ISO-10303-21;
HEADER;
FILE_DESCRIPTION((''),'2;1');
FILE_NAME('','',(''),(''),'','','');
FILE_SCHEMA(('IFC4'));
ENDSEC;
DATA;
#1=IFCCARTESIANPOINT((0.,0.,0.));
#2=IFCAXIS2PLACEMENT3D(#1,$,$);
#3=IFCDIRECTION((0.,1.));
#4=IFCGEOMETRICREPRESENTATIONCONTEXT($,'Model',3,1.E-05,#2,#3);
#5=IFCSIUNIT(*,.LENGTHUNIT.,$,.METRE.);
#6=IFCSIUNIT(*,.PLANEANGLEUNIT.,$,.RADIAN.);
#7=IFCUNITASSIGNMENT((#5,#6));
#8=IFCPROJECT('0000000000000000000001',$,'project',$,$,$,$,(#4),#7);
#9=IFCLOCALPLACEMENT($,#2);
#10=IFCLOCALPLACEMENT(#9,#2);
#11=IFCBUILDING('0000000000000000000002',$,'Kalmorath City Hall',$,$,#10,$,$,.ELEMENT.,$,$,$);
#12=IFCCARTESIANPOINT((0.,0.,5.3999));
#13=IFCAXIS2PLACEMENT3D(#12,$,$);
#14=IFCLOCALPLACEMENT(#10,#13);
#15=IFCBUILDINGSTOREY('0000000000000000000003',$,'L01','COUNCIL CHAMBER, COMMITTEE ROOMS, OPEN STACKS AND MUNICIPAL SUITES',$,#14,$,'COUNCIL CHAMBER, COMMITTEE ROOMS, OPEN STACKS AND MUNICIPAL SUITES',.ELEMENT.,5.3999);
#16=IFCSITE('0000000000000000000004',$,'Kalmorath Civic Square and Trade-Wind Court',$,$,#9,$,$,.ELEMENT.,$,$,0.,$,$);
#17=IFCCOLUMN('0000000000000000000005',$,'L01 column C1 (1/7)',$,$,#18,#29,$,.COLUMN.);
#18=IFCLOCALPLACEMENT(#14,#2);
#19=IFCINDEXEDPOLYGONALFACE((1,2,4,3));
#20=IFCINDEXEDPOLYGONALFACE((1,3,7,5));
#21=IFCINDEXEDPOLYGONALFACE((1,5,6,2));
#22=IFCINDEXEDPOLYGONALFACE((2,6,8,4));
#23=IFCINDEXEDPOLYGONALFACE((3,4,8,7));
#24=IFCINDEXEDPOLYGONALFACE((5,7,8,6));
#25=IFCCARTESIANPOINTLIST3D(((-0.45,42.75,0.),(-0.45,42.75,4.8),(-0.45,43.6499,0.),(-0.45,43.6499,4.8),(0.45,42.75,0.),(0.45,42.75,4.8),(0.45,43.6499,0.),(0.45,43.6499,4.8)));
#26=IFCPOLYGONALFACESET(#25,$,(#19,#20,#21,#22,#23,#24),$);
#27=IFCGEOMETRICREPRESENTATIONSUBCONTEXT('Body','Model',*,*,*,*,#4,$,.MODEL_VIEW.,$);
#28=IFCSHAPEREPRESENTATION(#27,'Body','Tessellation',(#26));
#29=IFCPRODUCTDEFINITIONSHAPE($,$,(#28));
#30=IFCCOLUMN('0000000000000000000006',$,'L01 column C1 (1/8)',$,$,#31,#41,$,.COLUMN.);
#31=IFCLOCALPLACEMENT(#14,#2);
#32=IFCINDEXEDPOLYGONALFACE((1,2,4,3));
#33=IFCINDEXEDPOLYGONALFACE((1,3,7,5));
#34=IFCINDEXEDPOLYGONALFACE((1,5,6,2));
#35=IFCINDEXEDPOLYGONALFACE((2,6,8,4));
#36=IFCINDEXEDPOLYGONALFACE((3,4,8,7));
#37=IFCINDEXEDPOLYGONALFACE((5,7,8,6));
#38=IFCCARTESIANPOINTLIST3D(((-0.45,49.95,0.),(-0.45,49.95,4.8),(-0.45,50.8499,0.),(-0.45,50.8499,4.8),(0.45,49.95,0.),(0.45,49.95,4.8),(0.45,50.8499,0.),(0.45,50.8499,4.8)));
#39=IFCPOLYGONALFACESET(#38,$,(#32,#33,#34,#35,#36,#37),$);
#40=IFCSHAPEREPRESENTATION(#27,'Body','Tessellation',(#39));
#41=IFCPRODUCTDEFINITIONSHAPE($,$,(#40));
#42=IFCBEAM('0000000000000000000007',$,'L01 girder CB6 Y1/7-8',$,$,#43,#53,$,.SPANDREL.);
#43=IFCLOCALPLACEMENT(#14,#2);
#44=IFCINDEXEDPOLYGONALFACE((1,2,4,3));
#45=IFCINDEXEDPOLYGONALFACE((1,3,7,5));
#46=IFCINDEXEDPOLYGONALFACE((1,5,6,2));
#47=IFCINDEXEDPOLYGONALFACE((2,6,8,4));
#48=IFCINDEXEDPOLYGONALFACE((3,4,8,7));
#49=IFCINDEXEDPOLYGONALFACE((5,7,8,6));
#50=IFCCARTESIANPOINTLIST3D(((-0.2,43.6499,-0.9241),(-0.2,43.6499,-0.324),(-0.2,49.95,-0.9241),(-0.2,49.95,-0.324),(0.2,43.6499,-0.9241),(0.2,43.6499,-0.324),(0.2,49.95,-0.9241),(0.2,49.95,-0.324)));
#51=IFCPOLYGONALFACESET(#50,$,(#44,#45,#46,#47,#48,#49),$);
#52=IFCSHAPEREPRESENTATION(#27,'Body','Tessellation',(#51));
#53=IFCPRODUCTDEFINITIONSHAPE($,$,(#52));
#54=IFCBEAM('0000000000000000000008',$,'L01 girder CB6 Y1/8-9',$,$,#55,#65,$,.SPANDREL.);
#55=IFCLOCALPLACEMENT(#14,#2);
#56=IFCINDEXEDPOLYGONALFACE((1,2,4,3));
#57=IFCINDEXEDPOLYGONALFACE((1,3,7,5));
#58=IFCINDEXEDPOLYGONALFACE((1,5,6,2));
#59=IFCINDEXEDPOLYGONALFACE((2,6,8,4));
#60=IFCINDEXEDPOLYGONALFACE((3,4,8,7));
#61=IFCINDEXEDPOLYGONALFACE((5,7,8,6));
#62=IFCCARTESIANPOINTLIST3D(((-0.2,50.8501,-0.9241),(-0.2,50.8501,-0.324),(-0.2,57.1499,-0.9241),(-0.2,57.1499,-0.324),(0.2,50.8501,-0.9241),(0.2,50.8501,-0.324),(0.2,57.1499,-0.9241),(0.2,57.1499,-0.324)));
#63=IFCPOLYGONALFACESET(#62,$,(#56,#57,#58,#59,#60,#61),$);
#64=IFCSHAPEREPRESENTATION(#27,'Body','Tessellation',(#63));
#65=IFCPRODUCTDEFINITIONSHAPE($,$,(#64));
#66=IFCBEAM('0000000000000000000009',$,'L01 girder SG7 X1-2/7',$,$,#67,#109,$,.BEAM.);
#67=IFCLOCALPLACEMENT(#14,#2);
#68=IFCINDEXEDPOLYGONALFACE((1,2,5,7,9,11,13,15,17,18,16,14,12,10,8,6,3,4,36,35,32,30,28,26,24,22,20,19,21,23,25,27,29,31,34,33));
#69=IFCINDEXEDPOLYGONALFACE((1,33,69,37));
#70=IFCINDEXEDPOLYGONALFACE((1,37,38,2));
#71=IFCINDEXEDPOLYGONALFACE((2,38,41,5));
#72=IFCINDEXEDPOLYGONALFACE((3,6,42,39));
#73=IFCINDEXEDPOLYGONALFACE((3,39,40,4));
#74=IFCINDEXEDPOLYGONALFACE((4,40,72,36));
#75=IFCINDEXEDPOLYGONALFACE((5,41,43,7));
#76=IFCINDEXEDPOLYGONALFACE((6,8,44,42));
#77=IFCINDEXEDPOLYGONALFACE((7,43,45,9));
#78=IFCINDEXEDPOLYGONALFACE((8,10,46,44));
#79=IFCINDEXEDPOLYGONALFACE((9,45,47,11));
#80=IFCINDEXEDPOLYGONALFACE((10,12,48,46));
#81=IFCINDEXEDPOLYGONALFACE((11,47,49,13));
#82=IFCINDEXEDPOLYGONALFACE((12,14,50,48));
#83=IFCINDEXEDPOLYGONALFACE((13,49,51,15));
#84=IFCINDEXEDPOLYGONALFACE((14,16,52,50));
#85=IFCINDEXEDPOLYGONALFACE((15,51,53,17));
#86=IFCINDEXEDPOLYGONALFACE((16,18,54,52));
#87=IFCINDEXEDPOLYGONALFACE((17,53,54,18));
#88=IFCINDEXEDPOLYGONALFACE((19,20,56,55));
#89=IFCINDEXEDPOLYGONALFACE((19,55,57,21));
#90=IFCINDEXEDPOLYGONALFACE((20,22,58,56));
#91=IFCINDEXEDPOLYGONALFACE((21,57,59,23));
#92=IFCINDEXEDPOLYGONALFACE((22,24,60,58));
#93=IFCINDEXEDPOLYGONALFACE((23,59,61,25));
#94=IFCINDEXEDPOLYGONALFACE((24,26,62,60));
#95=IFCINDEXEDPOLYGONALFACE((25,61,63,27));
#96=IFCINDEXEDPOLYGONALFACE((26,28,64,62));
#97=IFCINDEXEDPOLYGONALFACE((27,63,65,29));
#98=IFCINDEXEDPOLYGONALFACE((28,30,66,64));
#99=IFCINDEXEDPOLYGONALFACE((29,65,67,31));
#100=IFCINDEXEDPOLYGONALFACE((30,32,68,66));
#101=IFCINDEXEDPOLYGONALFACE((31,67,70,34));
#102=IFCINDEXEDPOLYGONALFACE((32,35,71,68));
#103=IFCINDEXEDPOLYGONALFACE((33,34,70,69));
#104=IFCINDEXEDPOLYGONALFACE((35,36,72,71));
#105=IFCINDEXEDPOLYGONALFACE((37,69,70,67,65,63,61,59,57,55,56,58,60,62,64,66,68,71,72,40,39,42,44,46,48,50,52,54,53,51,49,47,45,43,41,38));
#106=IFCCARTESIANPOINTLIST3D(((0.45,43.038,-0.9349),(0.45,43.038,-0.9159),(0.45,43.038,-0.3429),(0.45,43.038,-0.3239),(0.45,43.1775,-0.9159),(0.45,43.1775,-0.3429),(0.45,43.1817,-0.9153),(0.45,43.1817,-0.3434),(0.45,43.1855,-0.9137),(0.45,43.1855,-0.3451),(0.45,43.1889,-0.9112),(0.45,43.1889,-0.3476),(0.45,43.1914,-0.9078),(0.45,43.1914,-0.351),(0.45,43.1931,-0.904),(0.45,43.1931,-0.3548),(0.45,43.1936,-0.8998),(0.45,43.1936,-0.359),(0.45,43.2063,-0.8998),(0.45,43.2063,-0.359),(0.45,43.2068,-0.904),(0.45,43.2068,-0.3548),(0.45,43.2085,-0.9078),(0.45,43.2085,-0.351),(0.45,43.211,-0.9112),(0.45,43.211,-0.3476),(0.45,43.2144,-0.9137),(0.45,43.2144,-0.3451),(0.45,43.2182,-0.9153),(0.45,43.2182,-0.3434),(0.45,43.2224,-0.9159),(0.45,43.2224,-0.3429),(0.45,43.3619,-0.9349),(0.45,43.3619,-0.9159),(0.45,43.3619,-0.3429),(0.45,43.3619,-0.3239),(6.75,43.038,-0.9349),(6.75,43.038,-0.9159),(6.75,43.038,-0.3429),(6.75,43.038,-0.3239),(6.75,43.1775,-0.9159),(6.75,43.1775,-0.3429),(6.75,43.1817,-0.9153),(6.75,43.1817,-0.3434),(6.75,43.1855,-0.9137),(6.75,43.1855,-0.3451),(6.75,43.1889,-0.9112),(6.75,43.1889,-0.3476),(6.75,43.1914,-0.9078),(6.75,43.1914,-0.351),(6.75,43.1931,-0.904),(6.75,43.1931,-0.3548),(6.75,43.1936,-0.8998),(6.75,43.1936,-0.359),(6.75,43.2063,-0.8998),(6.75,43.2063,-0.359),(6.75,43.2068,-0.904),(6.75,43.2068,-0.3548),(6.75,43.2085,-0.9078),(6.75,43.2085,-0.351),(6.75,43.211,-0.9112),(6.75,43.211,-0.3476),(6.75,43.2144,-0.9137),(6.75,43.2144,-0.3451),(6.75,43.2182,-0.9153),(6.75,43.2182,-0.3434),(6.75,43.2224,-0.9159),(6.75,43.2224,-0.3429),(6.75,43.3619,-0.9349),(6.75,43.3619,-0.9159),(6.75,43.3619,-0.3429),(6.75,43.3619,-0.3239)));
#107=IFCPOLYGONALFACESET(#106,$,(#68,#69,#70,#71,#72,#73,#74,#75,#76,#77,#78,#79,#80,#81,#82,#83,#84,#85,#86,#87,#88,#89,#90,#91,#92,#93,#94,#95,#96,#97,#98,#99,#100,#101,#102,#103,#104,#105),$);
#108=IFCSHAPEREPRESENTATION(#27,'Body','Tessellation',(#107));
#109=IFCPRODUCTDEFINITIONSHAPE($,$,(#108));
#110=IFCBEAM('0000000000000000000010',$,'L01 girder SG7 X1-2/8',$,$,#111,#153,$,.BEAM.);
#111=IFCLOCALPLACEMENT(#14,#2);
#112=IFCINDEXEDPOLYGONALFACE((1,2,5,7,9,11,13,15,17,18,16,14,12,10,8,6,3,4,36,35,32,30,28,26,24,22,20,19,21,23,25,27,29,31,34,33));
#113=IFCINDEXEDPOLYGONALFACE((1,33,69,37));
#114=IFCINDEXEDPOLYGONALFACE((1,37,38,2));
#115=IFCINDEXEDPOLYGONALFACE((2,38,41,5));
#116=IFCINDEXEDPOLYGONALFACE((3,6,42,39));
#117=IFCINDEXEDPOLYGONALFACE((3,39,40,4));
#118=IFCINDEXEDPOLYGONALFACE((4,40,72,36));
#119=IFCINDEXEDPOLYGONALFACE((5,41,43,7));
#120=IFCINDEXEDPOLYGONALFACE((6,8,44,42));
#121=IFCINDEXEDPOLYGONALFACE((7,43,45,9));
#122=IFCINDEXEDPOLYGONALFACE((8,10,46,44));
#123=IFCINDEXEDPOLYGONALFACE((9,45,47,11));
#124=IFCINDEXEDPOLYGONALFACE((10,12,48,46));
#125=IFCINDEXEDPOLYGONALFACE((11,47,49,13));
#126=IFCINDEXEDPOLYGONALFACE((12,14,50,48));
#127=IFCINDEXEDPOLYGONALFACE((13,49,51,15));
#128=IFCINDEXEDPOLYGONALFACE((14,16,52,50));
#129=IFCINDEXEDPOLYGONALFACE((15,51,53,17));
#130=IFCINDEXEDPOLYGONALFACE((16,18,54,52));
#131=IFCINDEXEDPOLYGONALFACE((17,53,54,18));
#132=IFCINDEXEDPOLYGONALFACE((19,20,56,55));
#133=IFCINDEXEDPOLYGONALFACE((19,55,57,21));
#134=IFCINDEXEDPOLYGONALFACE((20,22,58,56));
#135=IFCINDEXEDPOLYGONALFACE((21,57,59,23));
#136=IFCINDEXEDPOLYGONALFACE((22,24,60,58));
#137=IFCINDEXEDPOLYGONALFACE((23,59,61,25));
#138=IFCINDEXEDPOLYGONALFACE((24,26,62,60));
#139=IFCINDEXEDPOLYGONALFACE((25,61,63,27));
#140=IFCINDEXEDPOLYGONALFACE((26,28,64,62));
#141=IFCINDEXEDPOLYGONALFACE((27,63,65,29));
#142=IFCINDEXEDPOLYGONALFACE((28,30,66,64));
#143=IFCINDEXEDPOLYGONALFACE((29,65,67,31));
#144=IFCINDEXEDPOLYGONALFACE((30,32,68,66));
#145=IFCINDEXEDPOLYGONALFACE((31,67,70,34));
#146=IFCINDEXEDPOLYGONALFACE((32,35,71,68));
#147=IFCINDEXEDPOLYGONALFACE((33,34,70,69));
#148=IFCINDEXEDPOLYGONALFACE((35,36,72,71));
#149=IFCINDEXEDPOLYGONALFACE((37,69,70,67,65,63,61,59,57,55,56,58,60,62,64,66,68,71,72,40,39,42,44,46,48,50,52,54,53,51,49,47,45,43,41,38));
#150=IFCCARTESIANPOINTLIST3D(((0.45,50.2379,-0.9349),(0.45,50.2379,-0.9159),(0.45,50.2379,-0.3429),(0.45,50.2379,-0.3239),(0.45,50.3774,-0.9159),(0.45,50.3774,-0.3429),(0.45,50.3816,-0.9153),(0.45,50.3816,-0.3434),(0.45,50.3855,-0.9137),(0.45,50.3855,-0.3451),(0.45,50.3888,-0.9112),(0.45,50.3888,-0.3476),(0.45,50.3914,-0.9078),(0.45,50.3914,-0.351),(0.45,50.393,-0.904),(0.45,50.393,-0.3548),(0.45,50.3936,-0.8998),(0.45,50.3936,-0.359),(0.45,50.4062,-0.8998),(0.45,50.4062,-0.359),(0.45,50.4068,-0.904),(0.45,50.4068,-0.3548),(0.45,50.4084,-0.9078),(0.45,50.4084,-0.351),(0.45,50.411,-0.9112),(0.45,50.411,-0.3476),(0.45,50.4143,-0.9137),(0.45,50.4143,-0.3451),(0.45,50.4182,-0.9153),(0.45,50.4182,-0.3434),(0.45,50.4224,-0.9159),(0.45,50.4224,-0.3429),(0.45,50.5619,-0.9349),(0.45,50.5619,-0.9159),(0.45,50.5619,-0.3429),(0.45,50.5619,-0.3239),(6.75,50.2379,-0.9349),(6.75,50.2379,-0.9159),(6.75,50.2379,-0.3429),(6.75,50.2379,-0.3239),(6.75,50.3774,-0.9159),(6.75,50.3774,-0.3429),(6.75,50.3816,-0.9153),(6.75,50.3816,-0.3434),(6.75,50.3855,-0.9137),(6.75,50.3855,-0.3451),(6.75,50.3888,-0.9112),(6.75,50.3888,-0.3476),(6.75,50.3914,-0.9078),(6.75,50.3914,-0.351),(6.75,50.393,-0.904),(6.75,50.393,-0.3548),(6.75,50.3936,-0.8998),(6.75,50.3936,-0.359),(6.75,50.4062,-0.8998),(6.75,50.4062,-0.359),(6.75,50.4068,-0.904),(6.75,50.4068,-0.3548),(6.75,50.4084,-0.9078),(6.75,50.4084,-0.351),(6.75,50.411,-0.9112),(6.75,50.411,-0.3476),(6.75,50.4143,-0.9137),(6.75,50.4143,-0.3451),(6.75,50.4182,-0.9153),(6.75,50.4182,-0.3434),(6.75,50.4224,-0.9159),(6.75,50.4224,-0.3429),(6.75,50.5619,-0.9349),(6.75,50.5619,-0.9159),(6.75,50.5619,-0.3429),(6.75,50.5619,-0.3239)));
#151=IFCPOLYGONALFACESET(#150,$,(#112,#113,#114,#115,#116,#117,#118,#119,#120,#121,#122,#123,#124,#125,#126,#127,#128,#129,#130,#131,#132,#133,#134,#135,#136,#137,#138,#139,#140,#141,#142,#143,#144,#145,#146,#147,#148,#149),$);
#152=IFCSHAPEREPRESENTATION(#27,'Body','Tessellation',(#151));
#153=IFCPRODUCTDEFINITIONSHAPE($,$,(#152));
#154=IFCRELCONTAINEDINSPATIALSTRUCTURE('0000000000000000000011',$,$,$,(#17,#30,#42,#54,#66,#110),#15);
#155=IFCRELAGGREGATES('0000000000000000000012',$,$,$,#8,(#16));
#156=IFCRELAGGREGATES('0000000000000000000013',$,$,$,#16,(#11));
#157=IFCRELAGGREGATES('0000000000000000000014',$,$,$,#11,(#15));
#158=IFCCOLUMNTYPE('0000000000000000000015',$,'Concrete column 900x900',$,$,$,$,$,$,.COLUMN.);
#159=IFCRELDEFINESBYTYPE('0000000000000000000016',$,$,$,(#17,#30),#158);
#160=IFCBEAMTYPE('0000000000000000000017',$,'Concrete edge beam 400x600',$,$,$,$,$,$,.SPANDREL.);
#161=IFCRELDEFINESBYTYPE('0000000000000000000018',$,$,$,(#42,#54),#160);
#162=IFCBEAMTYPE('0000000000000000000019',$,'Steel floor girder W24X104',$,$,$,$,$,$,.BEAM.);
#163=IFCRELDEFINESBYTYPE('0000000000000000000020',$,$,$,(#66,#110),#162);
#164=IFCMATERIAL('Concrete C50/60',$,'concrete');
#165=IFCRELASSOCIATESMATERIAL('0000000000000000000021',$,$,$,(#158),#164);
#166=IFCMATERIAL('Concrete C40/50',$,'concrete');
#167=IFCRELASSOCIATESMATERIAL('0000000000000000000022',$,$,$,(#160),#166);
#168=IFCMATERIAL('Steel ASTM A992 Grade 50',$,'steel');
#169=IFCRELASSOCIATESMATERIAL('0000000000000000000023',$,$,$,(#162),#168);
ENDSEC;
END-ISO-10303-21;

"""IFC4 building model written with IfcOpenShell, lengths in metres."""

from ifc_helpers import new_model, si_unit, direction, frame, origin, origin_2d, place, context, subcontext, project, spatial, rectangle, i_section, extrude, material, material_profile, profile_set, type_object, element, save


model = new_model("IFC4")

# Units and contexts
model_context = context("Model", 3, precision=1e-05, world=origin(), true_north=direction((0.0, 1.0)))
body_context = subcontext(model_context, "Body", "Model", "MODEL_VIEW")
ifc_project = project(units=[si_unit("LENGTHUNIT", "METRE"), si_unit("PLANEANGLEUNIT", "RADIAN")], contexts=[model_context])

# Site, building, storey
site_placement = place(None, origin())
site = spatial("IfcSite", under=ifc_project, at=site_placement, Name="Kalmorath Civic Square and Trade-Wind Court", CompositionType="ELEMENT", RefElevation=0.0)
building_placement = place(site_placement, origin())
building = spatial("IfcBuilding", under=site, at=building_placement, Name="Kalmorath City Hall", CompositionType="ELEMENT")
storey_placement = place(building_placement, frame((0.0, 0.0, 5.3999)))
storey = spatial("IfcBuildingStorey", under=building, at=storey_placement, Name="L01", Description="COUNCIL CHAMBER, COMMITTEE ROOMS, OPEN STACKS AND MUNICIPAL SUITES", LongName="COUNCIL CHAMBER, COMMITTEE ROOMS, OPEN STACKS AND MUNICIPAL SUITES", CompositionType="ELEMENT", Elevation=5.3999)

# Columns
ifc_material_1 = material(Name="Concrete C50/60", Category="concrete")
ifc_material_profile_1 = material_profile(ifc_material_1, rectangle(XDim=0.8999, YDim=0.8999, at=origin_2d()), Name="RC-COL-900X900")
ifc_profile_set_1 = profile_set([ifc_material_profile_1], Name="Concrete C50/60")
column_type = type_object("IfcColumnType", Name="Concrete column 900x900", PredefinedType="COLUMN", material=ifc_profile_set_1)
for number, where, z_axis, x_axis, name in (
    (1, (0.0, 43.2, 0.0), (0.0, 0.0, 1.0), (1.0, 0.0, 0.0), "L01 column C1 (1/7)"),
    (2, (0.0, 50.3999, 0.0), (0.0, 0.0, 1.0), (1.0, 0.0, 0.0), "L01 column C1 (1/8)"),
):
    element("IfcColumn", number, at=place(storey_placement, frame(where, z_axis=z_axis, x_axis=x_axis)), inside=storey, type_object=column_type, Name=name, PredefinedType="COLUMN", context=body_context, shape_type="SweptSolid", body=[
        extrude(rectangle(XDim=0.8999, YDim=0.8999, at=origin_2d()), origin(), (0.0, 0.0, 1.0), 4.8),
    ])

# Beams
ifc_material_2 = material(Name="Concrete C40/50", Category="concrete")
ifc_material_profile_2 = material_profile(ifc_material_2, rectangle(XDim=0.3999, YDim=0.6001, at=origin_2d()), Name="RC-BM-400X600")
ifc_profile_set_2 = profile_set([ifc_material_profile_2], Name="Concrete C40/50")
beam_type_1 = type_object("IfcBeamType", Name="Concrete edge beam 400x600", PredefinedType="SPANDREL", material=ifc_profile_set_2)
beam_1_placement = place(storey_placement, frame((0.0, 43.6499, -0.624), z_axis=(0.0, 1.0, 0.0), x_axis=(-1.0, 0.0, 0.0)))
element("IfcBeam", 3, at=beam_1_placement, inside=storey, type_object=beam_type_1, Name="L01 girder CB6 Y1/7-8", PredefinedType="SPANDREL", context=body_context, shape_type="SweptSolid", body=[
    extrude(rectangle(XDim=0.3999, YDim=0.6001, at=origin_2d()), origin(), (0.0, 0.0, 1.0), 6.3),
])
beam_2_placement = place(storey_placement, frame((0.0, 50.8501, -0.624), z_axis=(0.0, 1.0, 0.0), x_axis=(-1.0, 0.0, 0.0)))
element("IfcBeam", 4, at=beam_2_placement, inside=storey, type_object=beam_type_1, Name="L01 girder CB6 Y1/8-9", PredefinedType="SPANDREL", context=body_context, shape_type="SweptSolid", body=[
    extrude(rectangle(XDim=0.3999, YDim=0.6001, at=origin_2d()), origin(), (0.0, 0.0, 1.0), 6.2998),
])
ifc_material_3 = material(Name="Steel ASTM A992 Grade 50", Category="steel")
ifc_material_profile_3 = material_profile(ifc_material_3, i_section(OverallWidth=0.324, OverallDepth=0.6111, WebThickness=0.0127, FlangeThickness=0.019, FilletRadius=0.0161, at=origin_2d()), Name="W24X104")
ifc_profile_set_3 = profile_set([ifc_material_profile_3], Name="Steel ASTM A992 Grade 50")
beam_type_2 = type_object("IfcBeamType", Name="Steel floor girder W24X104", PredefinedType="BEAM", material=ifc_profile_set_3)
for number, where, z_axis, x_axis, name in (
    (5, (0.45, 43.2, -0.6294), (1.0, 0.0, 0.0), (0.0, 1.0, 0.0), "L01 girder SG7 X1-2/7"),
    (6, (0.45, 50.3999, -0.6294), (1.0, 0.0, 0.0), (0.0, 1.0, 0.0), "L01 girder SG7 X1-2/8"),
):
    element("IfcBeam", number, at=place(storey_placement, frame(where, z_axis=z_axis, x_axis=x_axis)), inside=storey, type_object=beam_type_2, Name=name, PredefinedType="BEAM", context=body_context, shape_type="SweptSolid", body=[
        extrude(i_section(OverallWidth=0.324, OverallDepth=0.6111, WebThickness=0.0127, FlangeThickness=0.019, FilletRadius=0.0161, at=origin_2d()), origin(), (0.0, 0.0, 1.0), 6.3),
    ])

save(model, "model.ifc")
